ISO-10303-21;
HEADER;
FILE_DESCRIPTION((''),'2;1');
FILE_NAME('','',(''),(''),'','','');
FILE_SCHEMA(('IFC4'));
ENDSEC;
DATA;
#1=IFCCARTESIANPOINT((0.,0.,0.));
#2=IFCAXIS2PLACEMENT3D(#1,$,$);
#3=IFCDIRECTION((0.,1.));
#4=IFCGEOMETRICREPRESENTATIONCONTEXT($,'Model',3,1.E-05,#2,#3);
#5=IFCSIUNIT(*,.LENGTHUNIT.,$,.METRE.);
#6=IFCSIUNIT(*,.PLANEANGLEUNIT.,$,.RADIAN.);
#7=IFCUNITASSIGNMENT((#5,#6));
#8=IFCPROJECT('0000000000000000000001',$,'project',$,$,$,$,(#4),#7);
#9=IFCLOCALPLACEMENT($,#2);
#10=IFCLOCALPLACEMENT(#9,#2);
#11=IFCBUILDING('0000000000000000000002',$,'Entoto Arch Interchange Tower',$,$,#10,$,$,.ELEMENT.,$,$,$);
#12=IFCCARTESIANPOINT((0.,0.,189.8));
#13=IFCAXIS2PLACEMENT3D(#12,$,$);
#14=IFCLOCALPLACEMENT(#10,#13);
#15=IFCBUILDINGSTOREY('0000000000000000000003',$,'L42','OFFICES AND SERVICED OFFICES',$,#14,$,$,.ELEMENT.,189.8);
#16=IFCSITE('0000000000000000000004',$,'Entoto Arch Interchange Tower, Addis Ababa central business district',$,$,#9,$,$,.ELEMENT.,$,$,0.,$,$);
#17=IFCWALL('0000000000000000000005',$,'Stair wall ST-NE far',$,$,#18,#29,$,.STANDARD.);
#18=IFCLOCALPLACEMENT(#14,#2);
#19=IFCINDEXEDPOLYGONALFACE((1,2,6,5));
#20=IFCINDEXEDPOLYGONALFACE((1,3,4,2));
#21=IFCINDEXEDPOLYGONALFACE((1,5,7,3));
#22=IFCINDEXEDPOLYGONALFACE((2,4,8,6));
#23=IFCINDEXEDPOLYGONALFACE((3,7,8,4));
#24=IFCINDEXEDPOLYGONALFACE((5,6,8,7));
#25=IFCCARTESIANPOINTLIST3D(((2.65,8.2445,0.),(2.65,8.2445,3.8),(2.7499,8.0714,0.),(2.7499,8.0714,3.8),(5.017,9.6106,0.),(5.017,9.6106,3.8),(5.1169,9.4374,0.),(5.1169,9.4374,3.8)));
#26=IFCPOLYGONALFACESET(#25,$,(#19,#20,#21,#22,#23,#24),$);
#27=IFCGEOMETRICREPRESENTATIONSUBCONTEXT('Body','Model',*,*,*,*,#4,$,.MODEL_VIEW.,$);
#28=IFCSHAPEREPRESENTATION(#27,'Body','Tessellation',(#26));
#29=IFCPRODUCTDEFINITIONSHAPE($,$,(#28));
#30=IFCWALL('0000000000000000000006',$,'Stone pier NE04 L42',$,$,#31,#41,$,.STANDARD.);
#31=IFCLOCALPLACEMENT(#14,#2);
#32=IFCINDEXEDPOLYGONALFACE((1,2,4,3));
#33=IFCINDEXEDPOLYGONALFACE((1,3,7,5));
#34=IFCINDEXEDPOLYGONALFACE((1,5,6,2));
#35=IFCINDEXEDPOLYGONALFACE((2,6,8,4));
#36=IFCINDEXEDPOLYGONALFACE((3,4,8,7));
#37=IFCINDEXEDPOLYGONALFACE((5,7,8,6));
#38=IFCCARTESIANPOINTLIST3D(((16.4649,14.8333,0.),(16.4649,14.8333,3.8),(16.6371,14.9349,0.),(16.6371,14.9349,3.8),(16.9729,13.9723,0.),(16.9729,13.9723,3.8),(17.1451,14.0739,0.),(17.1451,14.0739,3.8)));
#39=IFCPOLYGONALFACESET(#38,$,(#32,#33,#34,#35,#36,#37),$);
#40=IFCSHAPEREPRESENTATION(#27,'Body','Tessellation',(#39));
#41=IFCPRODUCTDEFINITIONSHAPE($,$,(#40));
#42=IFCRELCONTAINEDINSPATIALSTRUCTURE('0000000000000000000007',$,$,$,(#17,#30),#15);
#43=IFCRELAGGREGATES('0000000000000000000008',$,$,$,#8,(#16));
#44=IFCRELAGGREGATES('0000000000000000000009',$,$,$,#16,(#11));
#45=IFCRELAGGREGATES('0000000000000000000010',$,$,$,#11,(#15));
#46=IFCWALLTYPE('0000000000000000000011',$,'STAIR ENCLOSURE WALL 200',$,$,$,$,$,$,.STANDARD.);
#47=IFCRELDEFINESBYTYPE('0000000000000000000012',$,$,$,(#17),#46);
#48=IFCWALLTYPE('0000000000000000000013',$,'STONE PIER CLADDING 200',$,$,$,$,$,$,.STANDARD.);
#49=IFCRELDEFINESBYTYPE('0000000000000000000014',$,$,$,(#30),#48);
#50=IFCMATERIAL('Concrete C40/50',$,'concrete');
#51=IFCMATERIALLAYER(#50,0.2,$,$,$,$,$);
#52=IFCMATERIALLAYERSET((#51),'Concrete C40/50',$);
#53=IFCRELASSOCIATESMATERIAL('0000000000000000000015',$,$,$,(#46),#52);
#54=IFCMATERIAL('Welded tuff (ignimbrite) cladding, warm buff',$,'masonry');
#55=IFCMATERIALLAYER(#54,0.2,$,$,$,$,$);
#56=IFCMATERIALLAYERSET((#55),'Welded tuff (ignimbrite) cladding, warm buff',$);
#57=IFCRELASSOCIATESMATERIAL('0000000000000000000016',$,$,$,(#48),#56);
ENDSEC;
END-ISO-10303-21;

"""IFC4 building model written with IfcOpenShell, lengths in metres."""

from ifc_helpers import new_model, si_unit, direction, frame, frame_2d, origin, place, context, subcontext, project, spatial, rectangle, extrude, material, layer, layer_set, type_object, element, save


model = new_model("IFC4")

# Units and contexts
model_context = context("Model", 3, precision=1e-05, world=origin(), true_north=direction((0.0, 1.0)))
body_context = subcontext(model_context, "Body", "Model", "MODEL_VIEW")
ifc_project = project(units=[si_unit("LENGTHUNIT", "METRE"), si_unit("PLANEANGLEUNIT", "RADIAN")], contexts=[model_context])

# Site, building, storey
site_placement = place(None, origin())
site = spatial("IfcSite", under=ifc_project, at=site_placement, Name="Entoto Arch Interchange Tower, Addis Ababa central business district", CompositionType="ELEMENT", RefElevation=0.0)
building_placement = place(site_placement, origin())
building = spatial("IfcBuilding", under=site, at=building_placement, Name="Entoto Arch Interchange Tower", CompositionType="ELEMENT")
storey_placement = place(building_placement, frame((0.0, 0.0, 189.8)))
storey = spatial("IfcBuildingStorey", under=building, at=storey_placement, Name="L42", Description="OFFICES AND SERVICED OFFICES", CompositionType="ELEMENT", Elevation=189.8)

# Shared definitions
ifc_material_1 = material(Name="Concrete C40/50", Category="concrete")

# Wall
ifc_layer_1 = layer(ifc_material_1, 0.2)
ifc_layer_set_1 = layer_set([ifc_layer_1], Name="Concrete C40/50")
wall_type_1 = type_object("IfcWallType", Name="STAIR ENCLOSURE WALL 200", PredefinedType="STANDARD", material=ifc_layer_set_1)
wall_1_placement = place(storey_placement, frame((2.7, 8.158, 0.0), z_axis=(0.0, 0.0, 1.0), x_axis=(0.866119, 0.499838, 0.0)))
element("IfcWall", 1, at=wall_1_placement, inside=storey, type_object=wall_type_1, Name="Stair wall ST-NE far", PredefinedType="STANDARD", context=body_context, shape_type="SweptSolid", body=[
    extrude(rectangle(XDim=2.7329, YDim=0.2, at=frame_2d((1.3665, 0.0))), origin(), (0.0, 0.0, 1.0), 3.8),
])

# Shared definitions
ifc_material_2 = material(Name="Welded tuff (ignimbrite) cladding, warm buff", Category="masonry")

# Wall
ifc_layer_2 = layer(ifc_material_2, 0.2)
ifc_layer_set_2 = layer_set([ifc_layer_2], Name="Welded tuff (ignimbrite) cladding, warm buff")
wall_type_2 = type_object("IfcWallType", Name="STONE PIER CLADDING 200", PredefinedType="STANDARD", material=ifc_layer_set_2)
wall_2_placement = place(storey_placement, frame((17.0591, 14.0229, 0.0), z_axis=(0.0, 0.0, 1.0), x_axis=(-0.508162, 0.861262, 0.0)))
element("IfcWall", 2, at=wall_2_placement, inside=storey, type_object=wall_type_2, Name="Stone pier NE04 L42", PredefinedType="STANDARD", context=body_context, shape_type="SweptSolid", body=[
    extrude(rectangle(XDim=0.9998, YDim=0.2, at=frame_2d((0.5, 0.0))), origin(), (0.0, 0.0, 1.0), 3.8),
])

save(model, "model.ifc")
